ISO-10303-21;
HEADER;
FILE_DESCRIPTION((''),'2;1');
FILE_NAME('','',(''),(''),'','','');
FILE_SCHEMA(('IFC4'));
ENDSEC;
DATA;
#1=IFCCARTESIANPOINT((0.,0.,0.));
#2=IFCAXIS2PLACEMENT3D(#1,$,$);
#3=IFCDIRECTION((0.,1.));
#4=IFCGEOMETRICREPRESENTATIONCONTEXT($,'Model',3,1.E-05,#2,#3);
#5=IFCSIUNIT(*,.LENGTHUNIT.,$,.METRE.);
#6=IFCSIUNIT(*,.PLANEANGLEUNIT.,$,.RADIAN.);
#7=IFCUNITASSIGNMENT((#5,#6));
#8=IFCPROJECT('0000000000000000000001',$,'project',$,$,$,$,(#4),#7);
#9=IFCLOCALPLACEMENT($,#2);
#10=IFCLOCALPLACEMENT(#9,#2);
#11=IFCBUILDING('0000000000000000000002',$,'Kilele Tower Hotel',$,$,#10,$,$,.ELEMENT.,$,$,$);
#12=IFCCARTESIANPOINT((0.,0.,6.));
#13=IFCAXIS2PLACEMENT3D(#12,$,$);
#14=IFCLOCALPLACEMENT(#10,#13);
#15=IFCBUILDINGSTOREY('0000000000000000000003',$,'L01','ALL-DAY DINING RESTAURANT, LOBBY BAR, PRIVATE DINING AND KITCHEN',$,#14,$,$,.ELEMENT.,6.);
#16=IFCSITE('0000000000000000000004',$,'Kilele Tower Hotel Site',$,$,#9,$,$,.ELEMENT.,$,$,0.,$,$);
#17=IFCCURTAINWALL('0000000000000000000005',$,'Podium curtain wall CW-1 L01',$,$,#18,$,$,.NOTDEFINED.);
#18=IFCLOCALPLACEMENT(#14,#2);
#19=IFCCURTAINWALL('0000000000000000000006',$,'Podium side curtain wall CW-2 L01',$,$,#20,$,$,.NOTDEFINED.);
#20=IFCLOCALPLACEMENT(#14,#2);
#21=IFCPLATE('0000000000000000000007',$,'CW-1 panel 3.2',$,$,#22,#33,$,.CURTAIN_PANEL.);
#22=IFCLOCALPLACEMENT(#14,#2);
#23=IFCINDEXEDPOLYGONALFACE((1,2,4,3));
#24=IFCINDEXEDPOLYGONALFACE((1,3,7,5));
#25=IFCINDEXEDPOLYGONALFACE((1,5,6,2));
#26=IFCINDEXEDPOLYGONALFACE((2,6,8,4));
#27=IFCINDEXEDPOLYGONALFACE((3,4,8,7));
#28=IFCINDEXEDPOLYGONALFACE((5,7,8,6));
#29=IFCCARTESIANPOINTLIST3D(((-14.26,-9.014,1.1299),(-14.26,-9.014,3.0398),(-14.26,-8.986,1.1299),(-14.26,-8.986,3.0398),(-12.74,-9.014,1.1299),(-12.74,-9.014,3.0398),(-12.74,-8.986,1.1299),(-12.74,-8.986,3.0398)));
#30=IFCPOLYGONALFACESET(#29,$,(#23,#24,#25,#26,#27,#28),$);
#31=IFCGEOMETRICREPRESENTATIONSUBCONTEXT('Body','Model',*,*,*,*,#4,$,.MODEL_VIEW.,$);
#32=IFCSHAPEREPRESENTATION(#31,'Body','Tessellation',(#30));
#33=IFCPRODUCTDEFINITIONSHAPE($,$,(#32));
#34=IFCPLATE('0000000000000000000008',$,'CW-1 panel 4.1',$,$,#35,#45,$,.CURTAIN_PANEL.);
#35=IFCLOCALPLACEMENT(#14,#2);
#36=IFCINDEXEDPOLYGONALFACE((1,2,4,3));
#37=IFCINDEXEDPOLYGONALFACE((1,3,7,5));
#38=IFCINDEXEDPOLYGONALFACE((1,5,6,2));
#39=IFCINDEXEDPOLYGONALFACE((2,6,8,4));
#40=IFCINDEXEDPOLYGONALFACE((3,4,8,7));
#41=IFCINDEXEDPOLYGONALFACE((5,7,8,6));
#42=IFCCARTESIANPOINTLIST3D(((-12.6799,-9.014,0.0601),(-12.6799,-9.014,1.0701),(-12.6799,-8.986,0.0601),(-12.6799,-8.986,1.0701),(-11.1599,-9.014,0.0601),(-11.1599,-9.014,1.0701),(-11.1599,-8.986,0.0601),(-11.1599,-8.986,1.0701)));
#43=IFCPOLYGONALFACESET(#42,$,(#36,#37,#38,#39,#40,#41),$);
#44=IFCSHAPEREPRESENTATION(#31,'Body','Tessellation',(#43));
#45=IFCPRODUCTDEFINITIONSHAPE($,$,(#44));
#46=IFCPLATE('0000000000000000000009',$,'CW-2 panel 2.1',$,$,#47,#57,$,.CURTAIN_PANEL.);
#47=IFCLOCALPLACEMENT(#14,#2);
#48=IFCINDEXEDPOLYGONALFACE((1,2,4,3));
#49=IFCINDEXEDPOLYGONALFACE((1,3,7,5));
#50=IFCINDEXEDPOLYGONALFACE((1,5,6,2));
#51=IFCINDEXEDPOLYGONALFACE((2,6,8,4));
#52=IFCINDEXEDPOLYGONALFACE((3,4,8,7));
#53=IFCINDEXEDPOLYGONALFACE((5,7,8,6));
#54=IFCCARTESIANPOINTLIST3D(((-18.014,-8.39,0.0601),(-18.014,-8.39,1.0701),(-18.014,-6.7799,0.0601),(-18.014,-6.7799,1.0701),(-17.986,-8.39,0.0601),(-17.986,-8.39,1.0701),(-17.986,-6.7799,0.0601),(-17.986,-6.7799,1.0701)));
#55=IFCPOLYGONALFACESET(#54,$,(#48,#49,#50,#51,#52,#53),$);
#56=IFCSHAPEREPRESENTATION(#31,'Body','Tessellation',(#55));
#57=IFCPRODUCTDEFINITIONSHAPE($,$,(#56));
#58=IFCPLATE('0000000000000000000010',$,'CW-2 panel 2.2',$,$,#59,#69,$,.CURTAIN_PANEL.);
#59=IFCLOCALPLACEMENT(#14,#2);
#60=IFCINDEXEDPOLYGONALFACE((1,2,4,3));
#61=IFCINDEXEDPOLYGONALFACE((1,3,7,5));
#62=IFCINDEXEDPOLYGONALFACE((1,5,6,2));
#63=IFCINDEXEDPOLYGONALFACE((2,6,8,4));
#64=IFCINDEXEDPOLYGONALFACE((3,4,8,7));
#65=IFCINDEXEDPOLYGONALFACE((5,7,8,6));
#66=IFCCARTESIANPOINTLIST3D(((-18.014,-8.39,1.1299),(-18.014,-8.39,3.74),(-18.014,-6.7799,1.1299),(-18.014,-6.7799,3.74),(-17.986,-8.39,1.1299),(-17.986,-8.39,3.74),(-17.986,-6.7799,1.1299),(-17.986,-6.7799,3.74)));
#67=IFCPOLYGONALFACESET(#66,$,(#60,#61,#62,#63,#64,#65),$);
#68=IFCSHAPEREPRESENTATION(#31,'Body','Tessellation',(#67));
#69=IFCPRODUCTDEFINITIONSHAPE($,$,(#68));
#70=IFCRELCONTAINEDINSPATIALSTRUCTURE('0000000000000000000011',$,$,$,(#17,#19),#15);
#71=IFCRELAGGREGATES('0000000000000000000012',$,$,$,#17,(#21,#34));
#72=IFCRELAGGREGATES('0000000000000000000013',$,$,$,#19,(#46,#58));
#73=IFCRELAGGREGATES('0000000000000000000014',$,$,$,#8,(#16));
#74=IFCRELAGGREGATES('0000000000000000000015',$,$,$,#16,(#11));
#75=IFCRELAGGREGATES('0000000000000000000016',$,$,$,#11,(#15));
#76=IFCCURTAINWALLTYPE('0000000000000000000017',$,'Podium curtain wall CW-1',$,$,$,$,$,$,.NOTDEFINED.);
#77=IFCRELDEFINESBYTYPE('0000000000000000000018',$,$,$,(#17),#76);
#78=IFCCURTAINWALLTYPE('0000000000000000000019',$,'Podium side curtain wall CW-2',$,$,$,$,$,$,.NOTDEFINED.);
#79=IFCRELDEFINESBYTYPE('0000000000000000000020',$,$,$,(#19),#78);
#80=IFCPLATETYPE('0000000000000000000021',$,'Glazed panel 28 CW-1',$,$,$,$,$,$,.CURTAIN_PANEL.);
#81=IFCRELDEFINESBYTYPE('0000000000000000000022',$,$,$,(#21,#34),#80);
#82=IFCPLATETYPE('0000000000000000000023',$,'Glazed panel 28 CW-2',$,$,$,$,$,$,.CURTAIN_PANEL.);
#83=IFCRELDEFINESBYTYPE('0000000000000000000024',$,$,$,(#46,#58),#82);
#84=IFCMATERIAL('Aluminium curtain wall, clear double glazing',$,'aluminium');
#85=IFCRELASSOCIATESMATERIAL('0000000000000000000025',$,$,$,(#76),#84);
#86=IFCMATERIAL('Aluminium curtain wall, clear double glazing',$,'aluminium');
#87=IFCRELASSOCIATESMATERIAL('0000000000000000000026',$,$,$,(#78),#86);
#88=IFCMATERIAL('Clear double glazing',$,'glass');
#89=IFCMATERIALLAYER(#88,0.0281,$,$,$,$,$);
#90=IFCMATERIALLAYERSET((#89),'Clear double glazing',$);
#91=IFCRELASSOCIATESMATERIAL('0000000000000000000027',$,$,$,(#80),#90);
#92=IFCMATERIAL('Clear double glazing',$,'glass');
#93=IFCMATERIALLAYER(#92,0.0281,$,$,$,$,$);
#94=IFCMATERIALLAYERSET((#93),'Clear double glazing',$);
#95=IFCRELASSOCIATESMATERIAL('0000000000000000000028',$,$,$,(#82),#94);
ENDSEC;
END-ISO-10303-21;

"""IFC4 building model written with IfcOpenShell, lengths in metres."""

from ifc_helpers import new_model, si_unit, direction, frame, origin, origin_2d, place, context, subcontext, project, spatial, rectangle, extrude, material, layer, layer_set, type_object, element, aggregate, save


model = new_model("IFC4")

# Units and contexts
model_context = context("Model", 3, precision=1e-05, world=origin(), true_north=direction((0.0, 1.0)))
body_context = subcontext(model_context, "Body", "Model", "MODEL_VIEW")
ifc_project = project(units=[si_unit("LENGTHUNIT", "METRE"), si_unit("PLANEANGLEUNIT", "RADIAN")], contexts=[model_context])

# Site, building, storey
site_placement = place(None, origin())
site = spatial("IfcSite", under=ifc_project, at=site_placement, Name="Kilele Tower Hotel Site", CompositionType="ELEMENT", RefElevation=0.0)
building_placement = place(site_placement, origin())
building = spatial("IfcBuilding", under=site, at=building_placement, Name="Kilele Tower Hotel", CompositionType="ELEMENT")
storey_placement = place(building_placement, frame((0.0, 0.0, 6.0)))
storey = spatial("IfcBuildingStorey", under=building, at=storey_placement, Name="L01", Description="ALL-DAY DINING RESTAURANT, LOBBY BAR, PRIVATE DINING AND KITCHEN", CompositionType="ELEMENT", Elevation=6.0)

# Curtain wall
ifc_material_1 = material(Name="Aluminium curtain wall, clear double glazing", Category="aluminium")
curtain_wall_type_1 = type_object("IfcCurtainWallType", Name="Podium curtain wall CW-1", PredefinedType="NOTDEFINED", material=ifc_material_1)
curtain_wall_1_placement = place(storey_placement, origin())
curtain_wall_1 = element("IfcCurtainWall", 1, at=curtain_wall_1_placement, inside=storey, type_object=curtain_wall_type_1, Name="Podium curtain wall CW-1 L01", PredefinedType="NOTDEFINED")

# Curtain wall
ifc_material_2 = material(Name="Aluminium curtain wall, clear double glazing", Category="aluminium")
curtain_wall_type_2 = type_object("IfcCurtainWallType", Name="Podium side curtain wall CW-2", PredefinedType="NOTDEFINED", material=ifc_material_2)
curtain_wall_2_placement = place(storey_placement, origin())
curtain_wall_2 = element("IfcCurtainWall", 2, at=curtain_wall_2_placement, inside=storey, type_object=curtain_wall_type_2, Name="Podium side curtain wall CW-2 L01", PredefinedType="NOTDEFINED")

# Plates
ifc_material_3 = material(Name="Clear double glazing", Category="glass")
ifc_layer_1 = layer(ifc_material_3, 0.0281)
ifc_layer_set_1 = layer_set([ifc_layer_1], Name="Clear double glazing")
plate_type_1 = type_object("IfcPlateType", Name="Glazed panel 28 CW-1", PredefinedType="CURTAIN_PANEL", material=ifc_layer_set_1)
plate_1_placement = place(storey_placement, frame((-13.5, -9.0, 1.1299), z_axis=(0.0, 0.0, 1.0), x_axis=(1.0, 0.0, 0.0)))
plate_1 = element("IfcPlate", 3, at=plate_1_placement, type_object=plate_type_1, Name="CW-1 panel 3.2", PredefinedType="CURTAIN_PANEL", context=body_context, shape_type="SweptSolid", body=[
    extrude(rectangle(XDim=1.52, YDim=0.0281, at=origin_2d()), origin(), (0.0, 0.0, 1.0), 1.9099),
])
plate_2_placement = place(storey_placement, frame((-11.9199, -9.0, 0.0601), z_axis=(0.0, 0.0, 1.0), x_axis=(1.0, 0.0, 0.0)))
plate_2 = element("IfcPlate", 4, at=plate_2_placement, type_object=plate_type_1, Name="CW-1 panel 4.1", PredefinedType="CURTAIN_PANEL", context=body_context, shape_type="SweptSolid", body=[
    extrude(rectangle(XDim=1.52, YDim=0.0281, at=origin_2d()), origin(), (0.0, 0.0, 1.0), 1.01),
])
aggregate(curtain_wall_1, [plate_1, plate_2])
ifc_material_4 = material(Name="Clear double glazing", Category="glass")
ifc_layer_2 = layer(ifc_material_4, 0.0281)
ifc_layer_set_2 = layer_set([ifc_layer_2], Name="Clear double glazing")
plate_type_2 = type_object("IfcPlateType", Name="Glazed panel 28 CW-2", PredefinedType="CURTAIN_PANEL", material=ifc_layer_set_2)
plate_3_placement = place(storey_placement, frame((-18.0, -7.585, 0.0601), z_axis=(0.0, 0.0, 1.0), x_axis=(0.0, -1.0, 0.0)))
plate_3 = element("IfcPlate", 5, at=plate_3_placement, type_object=plate_type_2, Name="CW-2 panel 2.1", PredefinedType="CURTAIN_PANEL", context=body_context, shape_type="SweptSolid", body=[
    extrude(rectangle(XDim=1.6101, YDim=0.0281, at=origin_2d()), origin(), (0.0, 0.0, 1.0), 1.01),
])
plate_4_placement = place(storey_placement, frame((-18.0, -7.585, 1.1299), z_axis=(0.0, 0.0, 1.0), x_axis=(0.0, -1.0, 0.0)))
plate_4 = element("IfcPlate", 6, at=plate_4_placement, type_object=plate_type_2, Name="CW-2 panel 2.2", PredefinedType="CURTAIN_PANEL", context=body_context, shape_type="SweptSolid", body=[
    extrude(rectangle(XDim=1.6101, YDim=0.0281, at=origin_2d()), origin(), (0.0, 0.0, 1.0), 2.6101),
])
aggregate(curtain_wall_2, [plate_3, plate_4])

save(model, "model.ifc")
